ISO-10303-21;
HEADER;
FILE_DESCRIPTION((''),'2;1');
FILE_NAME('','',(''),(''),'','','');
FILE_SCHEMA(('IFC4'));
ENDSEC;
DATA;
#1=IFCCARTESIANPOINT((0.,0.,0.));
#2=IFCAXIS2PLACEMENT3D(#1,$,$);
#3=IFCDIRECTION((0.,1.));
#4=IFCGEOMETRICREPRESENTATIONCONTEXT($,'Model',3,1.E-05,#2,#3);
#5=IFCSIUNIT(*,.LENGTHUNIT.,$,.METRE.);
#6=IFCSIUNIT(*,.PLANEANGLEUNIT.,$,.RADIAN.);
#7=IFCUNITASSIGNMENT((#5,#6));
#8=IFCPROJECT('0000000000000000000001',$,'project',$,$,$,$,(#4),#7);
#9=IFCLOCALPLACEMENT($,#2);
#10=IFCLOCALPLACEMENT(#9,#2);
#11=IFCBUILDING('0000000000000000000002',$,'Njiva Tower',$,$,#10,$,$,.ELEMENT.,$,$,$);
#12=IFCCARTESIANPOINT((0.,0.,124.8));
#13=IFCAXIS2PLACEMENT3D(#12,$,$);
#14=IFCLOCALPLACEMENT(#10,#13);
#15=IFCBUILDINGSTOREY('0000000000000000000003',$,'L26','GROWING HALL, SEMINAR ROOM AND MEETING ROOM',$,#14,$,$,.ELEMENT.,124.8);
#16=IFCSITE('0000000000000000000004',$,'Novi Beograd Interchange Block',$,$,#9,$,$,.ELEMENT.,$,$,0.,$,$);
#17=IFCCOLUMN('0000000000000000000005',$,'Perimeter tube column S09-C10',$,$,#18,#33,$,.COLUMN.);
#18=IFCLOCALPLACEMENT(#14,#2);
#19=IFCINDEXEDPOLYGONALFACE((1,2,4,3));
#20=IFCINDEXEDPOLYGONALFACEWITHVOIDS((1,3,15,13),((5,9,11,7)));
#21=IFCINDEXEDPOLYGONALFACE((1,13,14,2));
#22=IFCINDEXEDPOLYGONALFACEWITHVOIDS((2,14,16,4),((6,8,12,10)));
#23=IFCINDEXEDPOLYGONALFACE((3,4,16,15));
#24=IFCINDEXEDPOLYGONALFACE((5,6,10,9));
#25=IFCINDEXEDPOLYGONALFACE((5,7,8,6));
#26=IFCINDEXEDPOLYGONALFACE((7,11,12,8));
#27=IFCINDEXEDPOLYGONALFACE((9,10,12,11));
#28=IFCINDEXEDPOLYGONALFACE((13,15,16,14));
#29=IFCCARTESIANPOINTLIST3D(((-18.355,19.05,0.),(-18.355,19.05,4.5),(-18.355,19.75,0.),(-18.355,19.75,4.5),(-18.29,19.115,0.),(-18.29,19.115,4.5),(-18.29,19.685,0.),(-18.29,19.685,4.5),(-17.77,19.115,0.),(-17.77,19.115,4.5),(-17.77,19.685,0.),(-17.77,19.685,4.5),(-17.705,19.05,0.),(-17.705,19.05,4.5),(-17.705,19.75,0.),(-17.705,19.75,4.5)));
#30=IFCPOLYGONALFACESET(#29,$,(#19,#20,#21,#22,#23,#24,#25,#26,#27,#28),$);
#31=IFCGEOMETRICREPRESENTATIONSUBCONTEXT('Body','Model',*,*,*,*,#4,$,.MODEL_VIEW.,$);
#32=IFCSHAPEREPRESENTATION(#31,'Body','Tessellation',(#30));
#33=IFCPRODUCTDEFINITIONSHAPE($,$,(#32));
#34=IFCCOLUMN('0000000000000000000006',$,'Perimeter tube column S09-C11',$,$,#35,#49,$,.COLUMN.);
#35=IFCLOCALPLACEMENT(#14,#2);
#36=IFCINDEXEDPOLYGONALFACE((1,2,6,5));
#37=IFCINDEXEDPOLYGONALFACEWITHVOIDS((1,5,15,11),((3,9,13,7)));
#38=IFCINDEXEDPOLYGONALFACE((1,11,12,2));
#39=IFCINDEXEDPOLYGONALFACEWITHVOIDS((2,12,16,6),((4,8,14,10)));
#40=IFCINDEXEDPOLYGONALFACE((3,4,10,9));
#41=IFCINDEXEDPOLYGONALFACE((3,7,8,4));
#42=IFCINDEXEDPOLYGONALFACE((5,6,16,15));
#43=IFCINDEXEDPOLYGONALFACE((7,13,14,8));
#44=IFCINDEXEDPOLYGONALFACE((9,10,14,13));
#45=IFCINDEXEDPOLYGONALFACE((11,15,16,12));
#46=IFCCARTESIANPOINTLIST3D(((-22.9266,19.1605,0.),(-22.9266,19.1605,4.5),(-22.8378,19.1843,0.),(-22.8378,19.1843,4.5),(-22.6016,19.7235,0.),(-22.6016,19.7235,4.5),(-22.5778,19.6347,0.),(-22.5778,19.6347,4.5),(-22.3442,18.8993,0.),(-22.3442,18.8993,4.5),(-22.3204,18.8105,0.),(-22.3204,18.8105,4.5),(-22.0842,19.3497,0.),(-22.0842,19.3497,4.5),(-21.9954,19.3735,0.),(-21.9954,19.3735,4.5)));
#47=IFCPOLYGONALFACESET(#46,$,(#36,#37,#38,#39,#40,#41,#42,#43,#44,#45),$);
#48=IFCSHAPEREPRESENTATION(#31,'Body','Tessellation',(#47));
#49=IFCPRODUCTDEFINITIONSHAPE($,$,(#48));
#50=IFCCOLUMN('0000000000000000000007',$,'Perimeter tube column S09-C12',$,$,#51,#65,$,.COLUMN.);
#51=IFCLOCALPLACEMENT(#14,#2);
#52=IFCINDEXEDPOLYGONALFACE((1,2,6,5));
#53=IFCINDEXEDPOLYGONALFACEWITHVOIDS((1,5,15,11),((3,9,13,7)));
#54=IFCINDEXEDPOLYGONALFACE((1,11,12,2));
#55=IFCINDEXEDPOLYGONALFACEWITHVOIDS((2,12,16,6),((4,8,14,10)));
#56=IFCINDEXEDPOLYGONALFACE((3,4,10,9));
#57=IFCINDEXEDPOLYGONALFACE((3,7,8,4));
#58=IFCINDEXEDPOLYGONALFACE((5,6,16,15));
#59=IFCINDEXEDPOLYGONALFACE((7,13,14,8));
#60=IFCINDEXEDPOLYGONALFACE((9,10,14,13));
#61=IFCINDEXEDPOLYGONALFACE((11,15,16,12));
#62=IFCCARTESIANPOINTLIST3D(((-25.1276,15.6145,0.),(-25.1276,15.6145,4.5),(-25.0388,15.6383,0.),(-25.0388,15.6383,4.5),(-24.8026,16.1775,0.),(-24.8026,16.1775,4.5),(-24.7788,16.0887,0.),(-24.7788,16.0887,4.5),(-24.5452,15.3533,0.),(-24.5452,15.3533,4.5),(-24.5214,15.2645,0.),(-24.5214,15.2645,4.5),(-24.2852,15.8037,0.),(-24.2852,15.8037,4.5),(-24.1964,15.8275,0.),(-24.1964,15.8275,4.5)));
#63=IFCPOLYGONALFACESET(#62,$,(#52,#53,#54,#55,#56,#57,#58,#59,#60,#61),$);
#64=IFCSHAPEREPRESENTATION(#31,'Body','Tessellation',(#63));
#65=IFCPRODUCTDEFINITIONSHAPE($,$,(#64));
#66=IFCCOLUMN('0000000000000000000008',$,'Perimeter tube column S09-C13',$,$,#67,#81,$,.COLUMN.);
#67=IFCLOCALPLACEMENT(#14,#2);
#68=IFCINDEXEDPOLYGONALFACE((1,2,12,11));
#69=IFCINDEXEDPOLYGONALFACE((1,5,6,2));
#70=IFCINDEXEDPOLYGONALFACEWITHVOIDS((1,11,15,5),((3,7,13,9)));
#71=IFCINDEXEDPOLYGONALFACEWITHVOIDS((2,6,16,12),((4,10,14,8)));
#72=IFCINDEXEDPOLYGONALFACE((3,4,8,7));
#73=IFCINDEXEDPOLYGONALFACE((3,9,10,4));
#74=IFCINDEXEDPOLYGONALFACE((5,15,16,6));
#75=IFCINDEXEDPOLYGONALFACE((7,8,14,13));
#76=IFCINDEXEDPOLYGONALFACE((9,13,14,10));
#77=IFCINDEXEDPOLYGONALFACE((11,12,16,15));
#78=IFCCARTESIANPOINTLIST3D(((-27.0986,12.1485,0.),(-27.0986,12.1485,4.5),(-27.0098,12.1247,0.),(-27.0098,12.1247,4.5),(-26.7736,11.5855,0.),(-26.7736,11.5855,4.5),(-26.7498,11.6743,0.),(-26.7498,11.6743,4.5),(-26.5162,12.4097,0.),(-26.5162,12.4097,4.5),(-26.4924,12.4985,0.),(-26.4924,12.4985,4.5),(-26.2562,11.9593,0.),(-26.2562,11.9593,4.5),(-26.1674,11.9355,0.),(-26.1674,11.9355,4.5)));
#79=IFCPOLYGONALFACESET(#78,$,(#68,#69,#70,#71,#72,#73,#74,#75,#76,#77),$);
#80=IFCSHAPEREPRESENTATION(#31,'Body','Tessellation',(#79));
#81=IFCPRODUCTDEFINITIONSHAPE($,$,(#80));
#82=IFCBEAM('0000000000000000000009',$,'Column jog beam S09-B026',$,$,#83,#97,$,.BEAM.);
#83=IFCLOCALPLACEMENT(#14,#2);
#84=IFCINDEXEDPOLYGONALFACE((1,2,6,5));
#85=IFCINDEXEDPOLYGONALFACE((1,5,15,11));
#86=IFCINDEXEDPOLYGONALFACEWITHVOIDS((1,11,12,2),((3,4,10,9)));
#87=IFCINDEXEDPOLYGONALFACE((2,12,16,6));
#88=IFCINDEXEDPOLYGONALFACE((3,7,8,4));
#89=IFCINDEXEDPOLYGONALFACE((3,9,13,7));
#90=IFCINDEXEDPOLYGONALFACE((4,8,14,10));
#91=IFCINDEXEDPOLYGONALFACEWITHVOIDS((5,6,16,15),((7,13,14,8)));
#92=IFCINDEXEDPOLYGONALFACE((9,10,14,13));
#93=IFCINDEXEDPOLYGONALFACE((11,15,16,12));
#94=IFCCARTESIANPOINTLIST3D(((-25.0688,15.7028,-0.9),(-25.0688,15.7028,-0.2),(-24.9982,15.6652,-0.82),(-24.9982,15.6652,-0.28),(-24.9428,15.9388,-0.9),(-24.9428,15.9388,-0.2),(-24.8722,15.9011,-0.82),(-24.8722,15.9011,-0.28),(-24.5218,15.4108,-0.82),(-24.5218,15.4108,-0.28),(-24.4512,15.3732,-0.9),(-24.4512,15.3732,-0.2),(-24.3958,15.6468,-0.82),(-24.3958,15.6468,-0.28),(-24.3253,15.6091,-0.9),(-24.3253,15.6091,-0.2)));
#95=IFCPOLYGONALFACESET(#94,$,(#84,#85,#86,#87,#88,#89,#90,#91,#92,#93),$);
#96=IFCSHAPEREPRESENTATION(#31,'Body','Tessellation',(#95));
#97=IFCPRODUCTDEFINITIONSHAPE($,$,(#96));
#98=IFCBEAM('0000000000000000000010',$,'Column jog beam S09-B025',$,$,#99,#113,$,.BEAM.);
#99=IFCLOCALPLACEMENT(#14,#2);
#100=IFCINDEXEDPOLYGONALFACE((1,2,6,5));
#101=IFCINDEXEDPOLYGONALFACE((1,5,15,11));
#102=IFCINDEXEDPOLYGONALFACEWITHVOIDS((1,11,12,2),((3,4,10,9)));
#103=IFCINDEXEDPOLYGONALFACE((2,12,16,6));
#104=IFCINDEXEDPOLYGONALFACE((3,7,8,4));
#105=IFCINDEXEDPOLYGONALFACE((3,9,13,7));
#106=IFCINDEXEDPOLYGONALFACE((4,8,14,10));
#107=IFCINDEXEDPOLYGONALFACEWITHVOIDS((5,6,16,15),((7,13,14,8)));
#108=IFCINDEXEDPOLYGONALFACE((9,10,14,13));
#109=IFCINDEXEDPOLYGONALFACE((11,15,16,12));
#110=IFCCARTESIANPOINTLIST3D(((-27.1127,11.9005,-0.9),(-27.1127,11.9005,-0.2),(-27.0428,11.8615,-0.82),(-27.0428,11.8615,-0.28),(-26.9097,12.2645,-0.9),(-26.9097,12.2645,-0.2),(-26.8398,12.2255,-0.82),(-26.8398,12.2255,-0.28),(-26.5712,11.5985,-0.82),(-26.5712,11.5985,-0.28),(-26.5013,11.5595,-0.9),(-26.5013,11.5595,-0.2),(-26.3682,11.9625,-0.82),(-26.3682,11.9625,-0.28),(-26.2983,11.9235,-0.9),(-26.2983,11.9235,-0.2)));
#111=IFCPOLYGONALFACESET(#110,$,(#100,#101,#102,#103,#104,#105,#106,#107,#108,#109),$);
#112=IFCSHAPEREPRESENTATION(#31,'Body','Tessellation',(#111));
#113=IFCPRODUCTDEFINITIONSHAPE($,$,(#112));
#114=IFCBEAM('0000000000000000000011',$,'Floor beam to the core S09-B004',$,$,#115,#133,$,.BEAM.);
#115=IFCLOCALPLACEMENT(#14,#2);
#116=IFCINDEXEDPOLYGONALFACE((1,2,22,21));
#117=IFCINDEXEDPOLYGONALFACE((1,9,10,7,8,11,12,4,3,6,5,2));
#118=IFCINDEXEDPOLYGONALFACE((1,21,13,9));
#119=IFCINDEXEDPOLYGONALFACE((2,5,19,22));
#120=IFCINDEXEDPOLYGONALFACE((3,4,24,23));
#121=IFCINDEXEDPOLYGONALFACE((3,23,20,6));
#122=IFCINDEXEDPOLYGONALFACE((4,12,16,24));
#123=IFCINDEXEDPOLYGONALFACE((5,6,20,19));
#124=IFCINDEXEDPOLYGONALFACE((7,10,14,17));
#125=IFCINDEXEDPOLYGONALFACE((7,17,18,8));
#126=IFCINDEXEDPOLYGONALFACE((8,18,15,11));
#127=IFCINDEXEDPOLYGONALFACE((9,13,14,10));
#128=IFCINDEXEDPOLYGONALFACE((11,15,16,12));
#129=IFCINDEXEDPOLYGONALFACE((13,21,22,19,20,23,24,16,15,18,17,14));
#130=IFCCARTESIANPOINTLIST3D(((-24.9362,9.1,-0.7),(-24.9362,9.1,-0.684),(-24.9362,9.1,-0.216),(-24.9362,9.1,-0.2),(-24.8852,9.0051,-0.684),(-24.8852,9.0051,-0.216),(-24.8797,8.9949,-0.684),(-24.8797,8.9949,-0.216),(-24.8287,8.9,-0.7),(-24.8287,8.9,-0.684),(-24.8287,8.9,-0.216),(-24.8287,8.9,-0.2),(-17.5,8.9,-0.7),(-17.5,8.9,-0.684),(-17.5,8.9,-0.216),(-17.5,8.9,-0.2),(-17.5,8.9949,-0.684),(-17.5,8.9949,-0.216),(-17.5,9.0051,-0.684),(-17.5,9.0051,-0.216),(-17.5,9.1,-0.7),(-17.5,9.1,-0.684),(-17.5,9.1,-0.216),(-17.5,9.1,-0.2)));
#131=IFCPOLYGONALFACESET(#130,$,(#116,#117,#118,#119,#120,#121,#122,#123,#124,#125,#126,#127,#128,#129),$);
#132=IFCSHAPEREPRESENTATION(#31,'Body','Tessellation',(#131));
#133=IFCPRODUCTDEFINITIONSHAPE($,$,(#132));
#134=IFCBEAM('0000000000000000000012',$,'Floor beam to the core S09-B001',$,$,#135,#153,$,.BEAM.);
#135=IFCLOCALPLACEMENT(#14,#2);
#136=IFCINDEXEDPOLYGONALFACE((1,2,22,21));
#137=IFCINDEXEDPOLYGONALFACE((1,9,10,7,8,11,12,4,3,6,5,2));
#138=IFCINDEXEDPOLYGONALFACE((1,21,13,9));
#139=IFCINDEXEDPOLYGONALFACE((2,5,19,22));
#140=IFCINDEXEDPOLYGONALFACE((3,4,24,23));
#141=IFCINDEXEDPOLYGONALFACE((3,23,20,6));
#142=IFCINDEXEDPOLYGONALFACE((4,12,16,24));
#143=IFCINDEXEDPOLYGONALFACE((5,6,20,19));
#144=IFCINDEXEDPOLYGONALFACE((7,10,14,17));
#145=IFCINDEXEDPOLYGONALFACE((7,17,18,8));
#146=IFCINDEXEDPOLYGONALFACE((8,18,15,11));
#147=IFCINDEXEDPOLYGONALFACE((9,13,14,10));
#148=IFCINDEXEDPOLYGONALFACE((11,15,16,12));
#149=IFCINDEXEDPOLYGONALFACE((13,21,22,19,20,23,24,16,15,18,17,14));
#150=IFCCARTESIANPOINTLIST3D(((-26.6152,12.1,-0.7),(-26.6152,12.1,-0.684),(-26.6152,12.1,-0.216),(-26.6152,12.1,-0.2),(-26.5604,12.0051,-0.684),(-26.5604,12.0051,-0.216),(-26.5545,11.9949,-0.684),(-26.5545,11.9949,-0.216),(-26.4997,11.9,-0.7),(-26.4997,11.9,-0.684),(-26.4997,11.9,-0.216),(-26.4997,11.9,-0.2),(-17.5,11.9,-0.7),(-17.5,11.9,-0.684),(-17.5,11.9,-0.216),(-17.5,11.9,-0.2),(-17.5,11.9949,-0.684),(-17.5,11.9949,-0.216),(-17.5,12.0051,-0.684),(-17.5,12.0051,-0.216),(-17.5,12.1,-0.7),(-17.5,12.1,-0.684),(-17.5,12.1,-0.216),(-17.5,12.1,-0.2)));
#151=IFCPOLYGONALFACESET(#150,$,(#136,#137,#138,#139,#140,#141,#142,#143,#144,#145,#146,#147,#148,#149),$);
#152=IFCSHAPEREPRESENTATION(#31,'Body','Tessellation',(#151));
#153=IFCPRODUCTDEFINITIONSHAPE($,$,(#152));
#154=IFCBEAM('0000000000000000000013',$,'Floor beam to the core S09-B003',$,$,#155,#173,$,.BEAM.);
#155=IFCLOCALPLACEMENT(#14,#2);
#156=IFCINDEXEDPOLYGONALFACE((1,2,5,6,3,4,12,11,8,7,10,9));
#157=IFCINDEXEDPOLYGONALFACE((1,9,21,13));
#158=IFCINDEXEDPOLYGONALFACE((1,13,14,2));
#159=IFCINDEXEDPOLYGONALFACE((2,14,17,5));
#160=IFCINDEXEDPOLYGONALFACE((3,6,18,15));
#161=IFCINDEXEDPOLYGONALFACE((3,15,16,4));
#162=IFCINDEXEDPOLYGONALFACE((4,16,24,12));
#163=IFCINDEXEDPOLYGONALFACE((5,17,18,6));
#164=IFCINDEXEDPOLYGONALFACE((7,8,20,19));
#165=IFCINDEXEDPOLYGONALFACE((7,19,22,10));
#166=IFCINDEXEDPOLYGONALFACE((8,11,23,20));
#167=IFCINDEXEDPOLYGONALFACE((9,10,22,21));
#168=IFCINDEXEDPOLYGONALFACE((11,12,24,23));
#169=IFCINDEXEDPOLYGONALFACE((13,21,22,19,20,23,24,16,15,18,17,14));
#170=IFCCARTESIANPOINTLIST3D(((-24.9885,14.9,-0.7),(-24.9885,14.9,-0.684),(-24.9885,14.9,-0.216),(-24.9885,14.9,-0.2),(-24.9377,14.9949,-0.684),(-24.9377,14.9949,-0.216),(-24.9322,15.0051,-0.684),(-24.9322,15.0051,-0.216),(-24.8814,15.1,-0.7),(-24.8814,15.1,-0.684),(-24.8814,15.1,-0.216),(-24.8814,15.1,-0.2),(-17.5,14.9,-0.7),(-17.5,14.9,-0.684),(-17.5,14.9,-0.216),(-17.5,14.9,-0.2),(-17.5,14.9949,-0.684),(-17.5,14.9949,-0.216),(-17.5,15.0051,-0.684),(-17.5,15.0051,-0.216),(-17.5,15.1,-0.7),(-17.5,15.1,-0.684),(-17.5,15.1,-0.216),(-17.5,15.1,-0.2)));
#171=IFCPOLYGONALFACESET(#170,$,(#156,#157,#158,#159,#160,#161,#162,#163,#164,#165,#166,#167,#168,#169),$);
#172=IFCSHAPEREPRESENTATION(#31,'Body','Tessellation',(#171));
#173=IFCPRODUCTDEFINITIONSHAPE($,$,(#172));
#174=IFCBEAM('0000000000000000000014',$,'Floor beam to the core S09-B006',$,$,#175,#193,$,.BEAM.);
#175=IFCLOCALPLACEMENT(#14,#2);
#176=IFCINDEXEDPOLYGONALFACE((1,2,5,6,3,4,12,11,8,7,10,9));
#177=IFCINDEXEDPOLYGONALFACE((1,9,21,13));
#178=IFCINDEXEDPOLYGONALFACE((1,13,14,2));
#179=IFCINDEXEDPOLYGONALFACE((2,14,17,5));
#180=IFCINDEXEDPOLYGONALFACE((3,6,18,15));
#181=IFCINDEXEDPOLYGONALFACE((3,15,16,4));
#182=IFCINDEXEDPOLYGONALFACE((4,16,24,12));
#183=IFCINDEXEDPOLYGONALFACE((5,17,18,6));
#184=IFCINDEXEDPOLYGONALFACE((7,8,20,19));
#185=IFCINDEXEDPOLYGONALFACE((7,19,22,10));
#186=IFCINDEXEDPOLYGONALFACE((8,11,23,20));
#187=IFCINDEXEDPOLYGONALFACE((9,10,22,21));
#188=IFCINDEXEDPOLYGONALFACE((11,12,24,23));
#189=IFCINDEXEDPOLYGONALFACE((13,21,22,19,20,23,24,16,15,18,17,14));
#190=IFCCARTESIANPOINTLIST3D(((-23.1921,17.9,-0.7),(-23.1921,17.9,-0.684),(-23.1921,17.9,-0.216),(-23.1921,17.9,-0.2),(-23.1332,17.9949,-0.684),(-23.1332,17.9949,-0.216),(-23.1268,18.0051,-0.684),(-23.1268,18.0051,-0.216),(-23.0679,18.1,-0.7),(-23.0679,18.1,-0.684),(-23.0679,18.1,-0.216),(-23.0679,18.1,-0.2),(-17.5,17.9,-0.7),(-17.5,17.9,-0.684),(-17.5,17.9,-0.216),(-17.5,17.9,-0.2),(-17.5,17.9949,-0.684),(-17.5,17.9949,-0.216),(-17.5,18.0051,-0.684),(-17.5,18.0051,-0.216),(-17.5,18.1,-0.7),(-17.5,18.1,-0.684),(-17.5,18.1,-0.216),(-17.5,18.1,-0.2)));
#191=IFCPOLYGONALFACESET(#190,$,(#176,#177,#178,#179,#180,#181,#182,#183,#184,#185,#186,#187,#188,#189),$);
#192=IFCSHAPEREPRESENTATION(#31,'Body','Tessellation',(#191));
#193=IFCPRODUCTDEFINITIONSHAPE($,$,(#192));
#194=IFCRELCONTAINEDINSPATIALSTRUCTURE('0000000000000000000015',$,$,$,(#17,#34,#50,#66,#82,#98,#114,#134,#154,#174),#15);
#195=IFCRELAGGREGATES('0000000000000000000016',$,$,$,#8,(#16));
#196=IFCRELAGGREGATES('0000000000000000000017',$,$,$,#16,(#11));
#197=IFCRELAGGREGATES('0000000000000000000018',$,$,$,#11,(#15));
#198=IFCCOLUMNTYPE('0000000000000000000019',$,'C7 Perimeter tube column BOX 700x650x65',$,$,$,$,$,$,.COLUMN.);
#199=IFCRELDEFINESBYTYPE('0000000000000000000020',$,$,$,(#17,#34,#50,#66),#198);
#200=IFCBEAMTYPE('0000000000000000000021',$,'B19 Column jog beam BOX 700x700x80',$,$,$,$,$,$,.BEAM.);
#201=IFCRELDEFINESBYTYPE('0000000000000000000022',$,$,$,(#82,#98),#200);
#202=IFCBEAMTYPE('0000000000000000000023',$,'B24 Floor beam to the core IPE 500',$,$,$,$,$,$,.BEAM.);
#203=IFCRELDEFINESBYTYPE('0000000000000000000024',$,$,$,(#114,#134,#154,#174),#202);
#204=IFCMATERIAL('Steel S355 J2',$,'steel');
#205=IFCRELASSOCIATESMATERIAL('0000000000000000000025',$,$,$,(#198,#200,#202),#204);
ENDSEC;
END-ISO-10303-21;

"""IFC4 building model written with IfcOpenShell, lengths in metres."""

from ifc_helpers import new_model, si_unit, direction, frame, origin, origin_2d, place, context, subcontext, project, spatial, hollow_rectangle, i_section, extrude, clip, halfspace, material, material_profile, profile_set, type_object, element, save


model = new_model("IFC4")

# Units and contexts
model_context = context("Model", 3, precision=1e-05, world=origin(), true_north=direction((0.0, 1.0)))
body_context = subcontext(model_context, "Body", "Model", "MODEL_VIEW")
ifc_project = project(units=[si_unit("LENGTHUNIT", "METRE"), si_unit("PLANEANGLEUNIT", "RADIAN")], contexts=[model_context])

# Site, building, storey
site_placement = place(None, origin())
site = spatial("IfcSite", under=ifc_project, at=site_placement, Name="Novi Beograd Interchange Block", CompositionType="ELEMENT", RefElevation=0.0)
building_placement = place(site_placement, origin())
building = spatial("IfcBuilding", under=site, at=building_placement, Name="Njiva Tower", CompositionType="ELEMENT")
storey_placement = place(building_placement, frame((0.0, 0.0, 124.8)))
storey = spatial("IfcBuildingStorey", under=building, at=storey_placement, Name="L26", Description="GROWING HALL, SEMINAR ROOM AND MEETING ROOM", CompositionType="ELEMENT", Elevation=124.8)

# Columns
ifc_material_1 = material(Name="Steel S355 J2", Category="steel")
ifc_material_profile_1 = material_profile(ifc_material_1, hollow_rectangle(XDim=0.65, YDim=0.7, WallThickness=0.065, at=origin_2d()), Name="BOX 700x650x65")
ifc_profile_set_1 = profile_set([ifc_material_profile_1], Name="Steel S355 J2")
column_type = type_object("IfcColumnType", Name="C7 Perimeter tube column BOX 700x650x65", PredefinedType="COLUMN", material=ifc_profile_set_1)
for number, where, z_axis, x_axis, name in (
    (1, (-18.03, 19.4, 0.0), (0.0, 0.0, 1.0), (-1.0, 0.0, 0.0), "Perimeter tube column S09-C10"),
    (2, (-22.461, 19.267, 0.0), (0.0, 0.0, 1.0), (-0.5, -0.866025, 0.0), "Perimeter tube column S09-C11"),
    (3, (-24.662, 15.721, 0.0), (0.0, 0.0, 1.0), (-0.5, -0.866025, 0.0), "Perimeter tube column S09-C12"),
    (4, (-26.633, 12.042, 0.0), (0.0, 0.0, 1.0), (0.5, -0.866025, 0.0), "Perimeter tube column S09-C13"),
):
    element("IfcColumn", number, at=place(storey_placement, frame(where, z_axis=z_axis, x_axis=x_axis)), inside=storey, type_object=column_type, Name=name, PredefinedType="COLUMN", context=body_context, shape_type="SweptSolid", body=[
        extrude(hollow_rectangle(XDim=0.65, YDim=0.7, WallThickness=0.065, at=origin_2d()), origin(), (0.0, 0.0, 1.0), 4.5),
    ])

# Beams
ifc_material_profile_2 = material_profile(ifc_material_1, hollow_rectangle(XDim=0.7, YDim=0.7, WallThickness=0.08, at=origin_2d()), Name="BOX 700x700x80")
ifc_profile_set_2 = profile_set([ifc_material_profile_2], Name="Steel S355 J2")
beam_type_1 = type_object("IfcBeamType", Name="B19 Column jog beam BOX 700x700x80", PredefinedType="BEAM", material=ifc_profile_set_2)
beam_1_placement = place(storey_placement, frame((-24.76, 15.538, -0.55), z_axis=(0.470976, 0.882146, 0.0), x_axis=(-0.882146, 0.470976, 0.0)))
element("IfcBeam", 5, at=beam_1_placement, inside=storey, type_object=beam_type_1, Name="Column jog beam S09-B026", PredefinedType="BEAM", context=body_context, shape_type="SweptSolid", body=[
    extrude(hollow_rectangle(XDim=0.7, YDim=0.7, WallThickness=0.08, at=origin_2d()), origin(), (0.0, 0.0, 1.0), 0.2675),
])
beam_2_placement = place(storey_placement, frame((-26.807, 11.73, -0.55), z_axis=(0.487068, 0.873364, 0.0), x_axis=(-0.873364, 0.487068, 0.0)))
element("IfcBeam", 6, at=beam_2_placement, inside=storey, type_object=beam_type_1, Name="Column jog beam S09-B025", PredefinedType="BEAM", context=body_context, shape_type="SweptSolid", body=[
    extrude(hollow_rectangle(XDim=0.7, YDim=0.7, WallThickness=0.08, at=origin_2d()), origin(), (0.0, 0.0, 1.0), 0.4168),
])
ifc_material_profile_3 = material_profile(ifc_material_1, i_section(OverallWidth=0.2, OverallDepth=0.5, WebThickness=0.0102, FlangeThickness=0.016, at=origin_2d()), Name="IPE 500")
ifc_profile_set_3 = profile_set([ifc_material_profile_3], Name="Steel S355 J2")
beam_type_2 = type_object("IfcBeamType", Name="B24 Floor beam to the core IPE 500", PredefinedType="BEAM", material=ifc_profile_set_3)
beam_3_placement = place(storey_placement, frame((-24.956, 9.0, -0.45), z_axis=(1.0, 0.0, 0.0), x_axis=(0.0, 1.0, 0.0)))
element("IfcBeam", 7, at=beam_3_placement, inside=storey, type_object=beam_type_2, Name="Floor beam to the core S09-B004", PredefinedType="BEAM", context=body_context, shape_type="Clipping", body=[
    clip(extrude(i_section(OverallWidth=0.2, OverallDepth=0.5, WebThickness=0.0102, FlangeThickness=0.016, at=origin_2d()), origin(), (0.0, 0.0, 1.0), 7.456), halfspace(frame((-0.0237, 0.0, 0.0863), z_axis=(-0.473769, 0.0, -0.880649), x_axis=(0.0, -1.0, 0.0)), False)),
])
beam_4_placement = place(storey_placement, frame((-26.635, 12.0, -0.45), z_axis=(1.0, 0.0, 0.0), x_axis=(0.0, 1.0, 0.0)))
element("IfcBeam", 8, at=beam_4_placement, inside=storey, type_object=beam_type_2, Name="Floor beam to the core S09-B001", PredefinedType="BEAM", context=body_context, shape_type="Clipping", body=[
    clip(extrude(i_section(OverallWidth=0.2, OverallDepth=0.5, WebThickness=0.0102, FlangeThickness=0.016, at=origin_2d()), origin(), (0.0, 0.0, 1.0), 9.135), halfspace(frame((-0.025, 0.0, 0.092), z_axis=(-0.499998, 0.0, -0.866027), x_axis=(0.0, -1.0, 0.0)), False)),
])
beam_5_placement = place(storey_placement, frame((-25.009, 15.0, -0.45), z_axis=(1.0, 0.0, 0.0), x_axis=(0.0, 1.0, 0.0)))
element("IfcBeam", 9, at=beam_5_placement, inside=storey, type_object=beam_type_2, Name="Floor beam to the core S09-B003", PredefinedType="BEAM", context=body_context, shape_type="Clipping", body=[
    clip(extrude(i_section(OverallWidth=0.2, OverallDepth=0.5, WebThickness=0.0102, FlangeThickness=0.016, at=origin_2d()), origin(), (0.0, 0.0, 1.0), 7.509), halfspace(frame((0.0236, 0.0, 0.0867), z_axis=(0.472122, 0.0, -0.881533), x_axis=(0.0, -1.0, 0.0)), False)),
])
beam_6_placement = place(storey_placement, frame((-23.212, 18.0, -0.45), z_axis=(1.0, 0.0, 0.0), x_axis=(0.0, 1.0, 0.0)))
element("IfcBeam", 10, at=beam_6_placement, inside=storey, type_object=beam_type_2, Name="Floor beam to the core S09-B006", PredefinedType="BEAM", context=body_context, shape_type="Clipping", body=[
    clip(extrude(i_section(OverallWidth=0.2, OverallDepth=0.5, WebThickness=0.0102, FlangeThickness=0.016, at=origin_2d()), origin(), (0.0, 0.0, 1.0), 5.712), halfspace(frame((0.0264, 0.0, 0.0984), z_axis=(0.527368, 0.0, -0.849637), x_axis=(0.0, -1.0, 0.0)), False)),
])

save(model, "model.ifc")
